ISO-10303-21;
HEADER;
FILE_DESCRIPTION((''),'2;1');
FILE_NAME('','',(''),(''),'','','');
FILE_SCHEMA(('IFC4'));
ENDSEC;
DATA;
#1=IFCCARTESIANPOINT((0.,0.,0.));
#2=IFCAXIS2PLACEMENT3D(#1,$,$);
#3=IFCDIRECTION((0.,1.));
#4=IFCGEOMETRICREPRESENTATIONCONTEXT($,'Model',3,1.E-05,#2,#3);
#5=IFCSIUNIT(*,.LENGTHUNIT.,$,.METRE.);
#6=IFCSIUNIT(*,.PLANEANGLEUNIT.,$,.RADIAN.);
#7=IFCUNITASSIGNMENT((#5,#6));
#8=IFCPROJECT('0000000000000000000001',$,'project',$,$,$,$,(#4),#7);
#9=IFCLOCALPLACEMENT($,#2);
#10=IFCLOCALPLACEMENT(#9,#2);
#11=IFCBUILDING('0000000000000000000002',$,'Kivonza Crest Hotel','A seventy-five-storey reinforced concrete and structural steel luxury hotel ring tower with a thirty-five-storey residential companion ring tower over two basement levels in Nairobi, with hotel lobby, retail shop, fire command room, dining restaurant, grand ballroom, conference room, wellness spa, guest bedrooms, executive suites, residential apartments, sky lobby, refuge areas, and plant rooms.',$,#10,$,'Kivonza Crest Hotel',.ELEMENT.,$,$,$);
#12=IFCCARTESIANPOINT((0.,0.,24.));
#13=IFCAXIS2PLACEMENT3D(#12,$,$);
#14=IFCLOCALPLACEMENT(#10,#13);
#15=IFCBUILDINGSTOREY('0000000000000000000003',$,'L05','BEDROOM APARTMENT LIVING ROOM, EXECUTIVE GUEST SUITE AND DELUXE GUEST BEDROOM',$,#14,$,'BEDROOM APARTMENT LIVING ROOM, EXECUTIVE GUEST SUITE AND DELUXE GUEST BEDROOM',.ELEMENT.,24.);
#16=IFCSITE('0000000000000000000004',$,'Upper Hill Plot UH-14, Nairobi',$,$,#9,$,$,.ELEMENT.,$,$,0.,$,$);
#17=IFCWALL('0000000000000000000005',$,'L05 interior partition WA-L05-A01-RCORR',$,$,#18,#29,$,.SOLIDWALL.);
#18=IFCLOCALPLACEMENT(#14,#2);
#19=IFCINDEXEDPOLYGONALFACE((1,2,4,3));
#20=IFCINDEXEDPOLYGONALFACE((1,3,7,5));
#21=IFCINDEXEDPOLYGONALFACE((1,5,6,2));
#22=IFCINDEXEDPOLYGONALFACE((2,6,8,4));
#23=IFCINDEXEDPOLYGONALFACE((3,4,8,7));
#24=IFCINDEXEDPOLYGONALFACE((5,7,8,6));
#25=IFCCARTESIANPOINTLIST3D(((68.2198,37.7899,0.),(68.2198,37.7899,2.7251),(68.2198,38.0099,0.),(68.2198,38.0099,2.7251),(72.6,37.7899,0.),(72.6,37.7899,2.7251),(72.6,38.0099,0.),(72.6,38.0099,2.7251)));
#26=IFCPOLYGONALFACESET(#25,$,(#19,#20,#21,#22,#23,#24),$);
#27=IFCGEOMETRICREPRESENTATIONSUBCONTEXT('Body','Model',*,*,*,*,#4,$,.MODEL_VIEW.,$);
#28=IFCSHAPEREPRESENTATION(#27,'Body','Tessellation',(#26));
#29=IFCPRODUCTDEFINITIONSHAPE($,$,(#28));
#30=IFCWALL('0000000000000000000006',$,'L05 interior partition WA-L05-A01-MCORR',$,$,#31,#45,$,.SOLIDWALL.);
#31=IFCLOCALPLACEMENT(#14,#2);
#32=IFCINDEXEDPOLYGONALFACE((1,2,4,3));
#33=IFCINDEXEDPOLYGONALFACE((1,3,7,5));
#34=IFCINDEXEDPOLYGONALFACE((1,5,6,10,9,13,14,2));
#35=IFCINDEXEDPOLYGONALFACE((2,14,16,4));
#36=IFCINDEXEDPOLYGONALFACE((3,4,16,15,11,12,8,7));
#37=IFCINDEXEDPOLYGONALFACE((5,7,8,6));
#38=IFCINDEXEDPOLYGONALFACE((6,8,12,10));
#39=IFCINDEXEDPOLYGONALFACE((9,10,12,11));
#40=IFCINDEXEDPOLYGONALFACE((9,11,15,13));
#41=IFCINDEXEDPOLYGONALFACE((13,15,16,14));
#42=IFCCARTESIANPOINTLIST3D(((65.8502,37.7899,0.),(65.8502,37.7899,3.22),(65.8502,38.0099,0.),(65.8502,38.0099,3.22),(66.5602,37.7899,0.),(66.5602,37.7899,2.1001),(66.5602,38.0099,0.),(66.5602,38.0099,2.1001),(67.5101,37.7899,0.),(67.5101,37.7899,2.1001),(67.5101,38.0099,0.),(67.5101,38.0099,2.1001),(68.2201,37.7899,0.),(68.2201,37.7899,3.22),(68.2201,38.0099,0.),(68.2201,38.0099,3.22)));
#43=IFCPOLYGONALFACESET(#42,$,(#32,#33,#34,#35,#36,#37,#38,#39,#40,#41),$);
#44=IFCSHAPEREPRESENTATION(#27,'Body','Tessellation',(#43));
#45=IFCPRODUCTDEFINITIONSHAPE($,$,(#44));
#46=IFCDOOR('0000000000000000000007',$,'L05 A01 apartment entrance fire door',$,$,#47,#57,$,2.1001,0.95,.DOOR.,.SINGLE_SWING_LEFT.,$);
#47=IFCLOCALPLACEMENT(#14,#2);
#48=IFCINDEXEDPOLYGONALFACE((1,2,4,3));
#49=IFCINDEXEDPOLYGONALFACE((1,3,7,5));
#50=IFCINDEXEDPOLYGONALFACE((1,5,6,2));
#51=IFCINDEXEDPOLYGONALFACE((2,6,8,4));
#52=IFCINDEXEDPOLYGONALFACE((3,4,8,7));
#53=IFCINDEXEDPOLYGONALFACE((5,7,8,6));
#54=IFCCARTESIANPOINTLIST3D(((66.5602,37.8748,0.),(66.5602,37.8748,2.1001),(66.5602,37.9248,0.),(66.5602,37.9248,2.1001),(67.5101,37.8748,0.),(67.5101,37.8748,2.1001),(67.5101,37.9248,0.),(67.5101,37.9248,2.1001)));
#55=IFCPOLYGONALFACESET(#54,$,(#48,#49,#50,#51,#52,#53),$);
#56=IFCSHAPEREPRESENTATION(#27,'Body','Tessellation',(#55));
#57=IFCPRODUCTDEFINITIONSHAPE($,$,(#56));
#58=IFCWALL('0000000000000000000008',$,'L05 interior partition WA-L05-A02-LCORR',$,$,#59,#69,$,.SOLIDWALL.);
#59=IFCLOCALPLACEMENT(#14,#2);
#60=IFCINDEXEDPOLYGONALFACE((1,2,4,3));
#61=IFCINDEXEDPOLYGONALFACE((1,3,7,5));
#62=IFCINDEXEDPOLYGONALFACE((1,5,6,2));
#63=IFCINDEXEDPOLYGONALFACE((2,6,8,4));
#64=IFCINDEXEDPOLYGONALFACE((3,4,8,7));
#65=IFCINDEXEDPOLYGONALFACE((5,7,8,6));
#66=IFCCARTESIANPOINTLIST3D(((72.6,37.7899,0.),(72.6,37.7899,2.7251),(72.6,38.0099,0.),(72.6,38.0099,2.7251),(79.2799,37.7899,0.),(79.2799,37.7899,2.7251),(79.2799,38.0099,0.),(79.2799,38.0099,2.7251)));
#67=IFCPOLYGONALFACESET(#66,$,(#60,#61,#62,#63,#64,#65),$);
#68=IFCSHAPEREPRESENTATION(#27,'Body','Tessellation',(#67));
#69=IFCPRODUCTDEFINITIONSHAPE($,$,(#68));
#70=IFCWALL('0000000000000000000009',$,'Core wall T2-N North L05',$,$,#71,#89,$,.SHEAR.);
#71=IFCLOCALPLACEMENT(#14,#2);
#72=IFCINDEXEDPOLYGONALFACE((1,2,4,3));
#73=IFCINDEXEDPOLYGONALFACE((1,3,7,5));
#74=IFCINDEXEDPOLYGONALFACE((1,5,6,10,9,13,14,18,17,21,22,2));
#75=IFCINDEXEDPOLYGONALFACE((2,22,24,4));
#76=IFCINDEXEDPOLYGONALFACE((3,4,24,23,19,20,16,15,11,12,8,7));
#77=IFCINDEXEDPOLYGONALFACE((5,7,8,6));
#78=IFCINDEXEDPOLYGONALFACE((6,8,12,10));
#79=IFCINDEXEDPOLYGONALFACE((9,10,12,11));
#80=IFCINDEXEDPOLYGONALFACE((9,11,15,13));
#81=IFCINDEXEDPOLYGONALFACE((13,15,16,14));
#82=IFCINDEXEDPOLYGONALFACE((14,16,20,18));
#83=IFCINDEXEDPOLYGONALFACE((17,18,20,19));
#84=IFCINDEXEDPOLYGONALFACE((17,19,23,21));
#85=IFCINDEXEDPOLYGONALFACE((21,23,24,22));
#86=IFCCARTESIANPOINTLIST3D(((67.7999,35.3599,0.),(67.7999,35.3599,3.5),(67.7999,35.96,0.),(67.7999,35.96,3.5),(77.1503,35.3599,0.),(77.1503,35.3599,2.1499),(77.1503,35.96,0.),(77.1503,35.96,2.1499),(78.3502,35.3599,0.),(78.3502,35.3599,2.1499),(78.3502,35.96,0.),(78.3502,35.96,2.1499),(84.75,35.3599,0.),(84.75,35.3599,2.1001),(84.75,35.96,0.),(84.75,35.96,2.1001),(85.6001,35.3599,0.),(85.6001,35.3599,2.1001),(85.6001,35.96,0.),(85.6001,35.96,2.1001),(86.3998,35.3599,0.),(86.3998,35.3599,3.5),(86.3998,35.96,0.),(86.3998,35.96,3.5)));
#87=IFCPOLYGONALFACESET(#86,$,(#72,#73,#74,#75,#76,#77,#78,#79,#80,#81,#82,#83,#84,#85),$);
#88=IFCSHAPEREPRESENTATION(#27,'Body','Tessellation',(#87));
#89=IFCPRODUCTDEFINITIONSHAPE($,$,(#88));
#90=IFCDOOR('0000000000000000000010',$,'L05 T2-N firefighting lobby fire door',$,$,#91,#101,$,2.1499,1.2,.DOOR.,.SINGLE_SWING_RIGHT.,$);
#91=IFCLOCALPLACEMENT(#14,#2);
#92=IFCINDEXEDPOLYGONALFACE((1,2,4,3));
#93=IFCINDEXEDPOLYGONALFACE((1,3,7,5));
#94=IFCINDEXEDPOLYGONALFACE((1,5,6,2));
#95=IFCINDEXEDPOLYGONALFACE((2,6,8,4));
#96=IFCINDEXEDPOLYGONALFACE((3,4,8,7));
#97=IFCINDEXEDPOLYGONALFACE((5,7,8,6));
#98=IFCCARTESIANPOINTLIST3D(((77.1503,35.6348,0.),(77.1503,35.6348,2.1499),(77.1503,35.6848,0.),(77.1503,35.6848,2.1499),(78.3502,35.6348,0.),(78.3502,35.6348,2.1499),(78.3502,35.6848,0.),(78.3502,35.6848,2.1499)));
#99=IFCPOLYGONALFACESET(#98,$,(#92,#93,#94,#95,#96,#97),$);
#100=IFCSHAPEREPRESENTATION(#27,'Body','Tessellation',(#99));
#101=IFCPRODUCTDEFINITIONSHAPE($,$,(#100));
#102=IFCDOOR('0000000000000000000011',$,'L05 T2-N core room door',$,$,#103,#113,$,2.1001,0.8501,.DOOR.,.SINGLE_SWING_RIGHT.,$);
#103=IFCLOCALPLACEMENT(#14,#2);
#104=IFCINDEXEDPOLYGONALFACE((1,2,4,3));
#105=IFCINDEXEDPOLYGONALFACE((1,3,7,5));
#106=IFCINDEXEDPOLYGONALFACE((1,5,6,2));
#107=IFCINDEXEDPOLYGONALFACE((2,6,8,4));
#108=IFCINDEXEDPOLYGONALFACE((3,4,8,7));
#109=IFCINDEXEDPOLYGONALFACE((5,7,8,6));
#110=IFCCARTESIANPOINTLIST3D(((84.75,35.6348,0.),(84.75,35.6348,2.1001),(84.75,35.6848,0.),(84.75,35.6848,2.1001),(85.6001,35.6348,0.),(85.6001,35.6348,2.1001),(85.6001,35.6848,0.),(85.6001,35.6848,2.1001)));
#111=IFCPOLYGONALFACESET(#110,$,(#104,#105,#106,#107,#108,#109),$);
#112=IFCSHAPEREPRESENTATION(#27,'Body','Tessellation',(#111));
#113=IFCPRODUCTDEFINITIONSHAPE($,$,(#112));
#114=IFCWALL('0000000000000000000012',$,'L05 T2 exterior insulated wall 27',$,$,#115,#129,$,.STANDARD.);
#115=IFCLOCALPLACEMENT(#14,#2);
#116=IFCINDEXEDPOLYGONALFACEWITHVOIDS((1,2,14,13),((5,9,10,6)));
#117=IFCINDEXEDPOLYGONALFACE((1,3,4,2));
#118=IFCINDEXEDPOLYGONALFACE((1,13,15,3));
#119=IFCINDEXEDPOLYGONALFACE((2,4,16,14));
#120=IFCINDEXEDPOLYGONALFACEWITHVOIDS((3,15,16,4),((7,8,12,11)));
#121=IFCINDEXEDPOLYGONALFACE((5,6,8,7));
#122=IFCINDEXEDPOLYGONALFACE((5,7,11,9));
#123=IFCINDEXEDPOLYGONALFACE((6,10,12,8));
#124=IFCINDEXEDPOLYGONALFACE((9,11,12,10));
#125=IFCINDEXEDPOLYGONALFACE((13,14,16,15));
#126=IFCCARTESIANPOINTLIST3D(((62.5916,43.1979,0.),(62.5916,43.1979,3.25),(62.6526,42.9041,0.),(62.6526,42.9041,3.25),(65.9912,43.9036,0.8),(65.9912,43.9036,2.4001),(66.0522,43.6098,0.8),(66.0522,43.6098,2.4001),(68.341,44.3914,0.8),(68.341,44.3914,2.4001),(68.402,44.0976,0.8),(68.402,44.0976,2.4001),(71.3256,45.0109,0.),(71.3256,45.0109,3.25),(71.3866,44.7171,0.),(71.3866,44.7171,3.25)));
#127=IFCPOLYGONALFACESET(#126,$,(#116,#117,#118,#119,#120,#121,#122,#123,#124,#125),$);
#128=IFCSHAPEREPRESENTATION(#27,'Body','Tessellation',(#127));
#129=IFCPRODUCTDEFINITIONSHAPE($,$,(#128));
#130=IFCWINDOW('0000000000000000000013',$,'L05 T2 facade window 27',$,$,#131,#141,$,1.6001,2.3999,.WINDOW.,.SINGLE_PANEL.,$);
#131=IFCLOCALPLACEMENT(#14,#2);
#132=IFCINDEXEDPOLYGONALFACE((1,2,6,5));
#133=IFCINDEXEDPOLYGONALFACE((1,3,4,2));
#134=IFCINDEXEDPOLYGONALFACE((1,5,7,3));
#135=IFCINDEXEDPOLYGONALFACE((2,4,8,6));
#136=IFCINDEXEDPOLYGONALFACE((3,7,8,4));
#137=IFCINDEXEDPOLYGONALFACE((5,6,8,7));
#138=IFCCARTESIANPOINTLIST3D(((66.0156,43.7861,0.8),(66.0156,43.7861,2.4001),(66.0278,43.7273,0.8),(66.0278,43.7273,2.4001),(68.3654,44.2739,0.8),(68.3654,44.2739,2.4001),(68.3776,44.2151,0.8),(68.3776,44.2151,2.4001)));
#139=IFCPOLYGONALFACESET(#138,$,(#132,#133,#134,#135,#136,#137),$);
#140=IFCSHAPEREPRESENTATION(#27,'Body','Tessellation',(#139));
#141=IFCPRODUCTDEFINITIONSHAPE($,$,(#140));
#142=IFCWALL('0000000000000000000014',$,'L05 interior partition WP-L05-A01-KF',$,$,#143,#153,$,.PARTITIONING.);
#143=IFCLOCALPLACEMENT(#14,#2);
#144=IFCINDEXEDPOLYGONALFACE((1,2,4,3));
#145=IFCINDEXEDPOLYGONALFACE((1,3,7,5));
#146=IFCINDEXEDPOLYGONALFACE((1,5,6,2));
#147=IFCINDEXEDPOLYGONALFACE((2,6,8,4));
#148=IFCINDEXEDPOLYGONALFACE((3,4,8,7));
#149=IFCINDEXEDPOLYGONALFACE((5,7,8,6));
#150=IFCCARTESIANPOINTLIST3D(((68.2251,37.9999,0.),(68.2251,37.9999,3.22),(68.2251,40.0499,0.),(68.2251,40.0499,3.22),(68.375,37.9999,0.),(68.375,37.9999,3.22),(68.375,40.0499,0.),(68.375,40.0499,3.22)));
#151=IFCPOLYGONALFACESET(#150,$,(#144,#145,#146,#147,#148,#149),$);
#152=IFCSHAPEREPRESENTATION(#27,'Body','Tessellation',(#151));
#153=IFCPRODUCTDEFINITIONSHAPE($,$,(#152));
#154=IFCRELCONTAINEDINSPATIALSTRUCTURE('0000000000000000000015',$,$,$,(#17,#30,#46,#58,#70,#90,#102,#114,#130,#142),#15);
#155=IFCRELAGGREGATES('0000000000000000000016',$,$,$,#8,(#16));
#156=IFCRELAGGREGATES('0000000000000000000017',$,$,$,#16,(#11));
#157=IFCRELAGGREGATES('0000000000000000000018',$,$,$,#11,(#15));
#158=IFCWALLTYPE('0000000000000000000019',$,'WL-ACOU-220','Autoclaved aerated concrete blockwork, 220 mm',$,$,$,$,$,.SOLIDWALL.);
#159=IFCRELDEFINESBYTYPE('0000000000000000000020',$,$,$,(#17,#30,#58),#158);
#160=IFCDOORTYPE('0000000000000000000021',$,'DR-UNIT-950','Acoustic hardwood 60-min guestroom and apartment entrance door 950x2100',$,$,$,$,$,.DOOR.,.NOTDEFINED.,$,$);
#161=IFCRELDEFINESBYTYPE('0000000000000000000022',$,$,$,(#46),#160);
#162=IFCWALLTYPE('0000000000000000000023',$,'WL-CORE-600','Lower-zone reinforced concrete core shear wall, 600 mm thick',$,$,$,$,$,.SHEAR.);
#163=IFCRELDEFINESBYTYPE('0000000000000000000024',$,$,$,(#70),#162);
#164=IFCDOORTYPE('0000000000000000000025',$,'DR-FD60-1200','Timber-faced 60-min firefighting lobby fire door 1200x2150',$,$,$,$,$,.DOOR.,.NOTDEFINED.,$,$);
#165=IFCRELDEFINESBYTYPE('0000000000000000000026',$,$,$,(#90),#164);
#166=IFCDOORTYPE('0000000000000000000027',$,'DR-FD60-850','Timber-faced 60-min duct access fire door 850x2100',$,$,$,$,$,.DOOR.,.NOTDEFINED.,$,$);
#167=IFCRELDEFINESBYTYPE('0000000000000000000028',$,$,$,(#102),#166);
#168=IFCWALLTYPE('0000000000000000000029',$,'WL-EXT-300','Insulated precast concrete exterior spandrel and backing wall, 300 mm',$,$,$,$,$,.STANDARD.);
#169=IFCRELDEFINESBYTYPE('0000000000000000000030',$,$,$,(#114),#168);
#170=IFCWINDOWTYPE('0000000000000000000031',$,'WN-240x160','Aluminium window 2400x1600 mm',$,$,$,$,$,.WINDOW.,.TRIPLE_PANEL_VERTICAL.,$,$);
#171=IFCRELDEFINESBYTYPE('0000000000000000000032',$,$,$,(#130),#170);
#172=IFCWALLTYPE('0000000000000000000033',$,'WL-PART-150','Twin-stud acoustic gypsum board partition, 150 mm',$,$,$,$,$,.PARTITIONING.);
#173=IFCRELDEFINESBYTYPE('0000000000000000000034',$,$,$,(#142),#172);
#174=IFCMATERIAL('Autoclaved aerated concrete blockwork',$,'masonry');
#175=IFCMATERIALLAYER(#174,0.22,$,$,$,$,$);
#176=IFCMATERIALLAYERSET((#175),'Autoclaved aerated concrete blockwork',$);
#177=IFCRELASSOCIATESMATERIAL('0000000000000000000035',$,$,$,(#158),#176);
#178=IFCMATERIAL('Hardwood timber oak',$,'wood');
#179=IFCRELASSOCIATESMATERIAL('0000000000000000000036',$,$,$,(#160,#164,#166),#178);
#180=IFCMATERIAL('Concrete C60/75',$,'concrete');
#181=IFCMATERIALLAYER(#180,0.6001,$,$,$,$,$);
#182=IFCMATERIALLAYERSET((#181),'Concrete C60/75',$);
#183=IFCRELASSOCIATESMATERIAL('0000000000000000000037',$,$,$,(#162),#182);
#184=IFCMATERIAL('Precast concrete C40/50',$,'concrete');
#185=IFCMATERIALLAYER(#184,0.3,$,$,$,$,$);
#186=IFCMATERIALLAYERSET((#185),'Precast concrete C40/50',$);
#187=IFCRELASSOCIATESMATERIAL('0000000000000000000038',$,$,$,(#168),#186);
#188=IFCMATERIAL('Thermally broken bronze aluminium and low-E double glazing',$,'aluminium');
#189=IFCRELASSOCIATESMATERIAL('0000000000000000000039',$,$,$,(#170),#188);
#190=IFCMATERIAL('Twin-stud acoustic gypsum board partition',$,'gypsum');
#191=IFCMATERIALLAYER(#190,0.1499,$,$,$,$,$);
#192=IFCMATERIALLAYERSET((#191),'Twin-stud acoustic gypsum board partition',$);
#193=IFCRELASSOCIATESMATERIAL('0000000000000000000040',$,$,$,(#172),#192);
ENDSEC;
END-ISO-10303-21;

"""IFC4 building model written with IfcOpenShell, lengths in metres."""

from ifc_helpers import new_model, si_unit, direction, frame, frame_2d, origin, place, context, subcontext, project, spatial, rectangle, extrude, material, layer, layer_set, type_object, element, fill, save


model = new_model("IFC4")

# Units and contexts
model_context = context("Model", 3, precision=1e-05, world=origin(), true_north=direction((0.0, 1.0)))
body_context = subcontext(model_context, "Body", "Model", "MODEL_VIEW")
ifc_project = project(units=[si_unit("LENGTHUNIT", "METRE"), si_unit("PLANEANGLEUNIT", "RADIAN")], contexts=[model_context])

# Site, building, storey
site_placement = place(None, origin())
site = spatial("IfcSite", under=ifc_project, at=site_placement, Name="Upper Hill Plot UH-14, Nairobi", CompositionType="ELEMENT", RefElevation=0.0)
building_placement = place(site_placement, origin())
building = spatial("IfcBuilding", under=site, at=building_placement, Name="Kivonza Crest Hotel", Description="A seventy-five-storey reinforced concrete and structural steel luxury hotel ring tower with a thirty-five-storey residential companion ring tower over two basement levels in Nairobi, with hotel lobby, retail shop, fire command room, dining restaurant, grand ballroom, conference room, wellness spa, guest bedrooms, executive suites, residential apartments, sky lobby, refuge areas, and plant rooms.", LongName="Kivonza Crest Hotel", CompositionType="ELEMENT")
storey_placement = place(building_placement, frame((0.0, 0.0, 24.0)))
storey = spatial("IfcBuildingStorey", under=building, at=storey_placement, Name="L05", Description="BEDROOM APARTMENT LIVING ROOM, EXECUTIVE GUEST SUITE AND DELUXE GUEST BEDROOM", LongName="BEDROOM APARTMENT LIVING ROOM, EXECUTIVE GUEST SUITE AND DELUXE GUEST BEDROOM", CompositionType="ELEMENT", Elevation=24.0)

# Wall
ifc_material_1 = material(Name="Autoclaved aerated concrete blockwork", Category="masonry")
ifc_layer_1 = layer(ifc_material_1, 0.22)
ifc_layer_set_1 = layer_set([ifc_layer_1], Name="Autoclaved aerated concrete blockwork")
wall_type_1 = type_object("IfcWallType", Name="WL-ACOU-220", Description="Autoclaved aerated concrete blockwork, 220 mm", PredefinedType="SOLIDWALL", material=ifc_layer_set_1)
wall_1_placement = place(storey_placement, frame((68.22, 37.8999, 0.0), z_axis=(0.0, 0.0, 1.0), x_axis=(1.0, 0.0, 0.0)))
element("IfcWall", 1, at=wall_1_placement, inside=storey, type_object=wall_type_1, Name="L05 interior partition WA-L05-A01-RCORR", PredefinedType="SOLIDWALL", context=body_context, shape_type="SweptSolid", body=[
    extrude(rectangle(XDim=4.3801, YDim=0.22, at=frame_2d((2.1899, 0.0))), origin(), (0.0, 0.0, 1.0), 2.7251),
])

# Wall, opening, door
wall_2_placement = place(storey_placement, frame((65.8501, 37.8999, 0.0), z_axis=(0.0, 0.0, 1.0), x_axis=(1.0, 0.0, 0.0)))
wall_2 = element("IfcWall", 2, at=wall_2_placement, inside=storey, type_object=wall_type_1, Name="L05 interior partition WA-L05-A01-MCORR", PredefinedType="SOLIDWALL", context=body_context, shape_type="SweptSolid", body=[
    extrude(rectangle(XDim=2.3699, YDim=0.22, at=frame_2d((1.1851, 0.0))), origin(), (0.0, 0.0, 1.0), 3.22),
])
opening_1_placement = place(wall_2_placement, frame((0.71, 0.0, 0.0)))
opening_1 = element("IfcOpeningElement", 3, at=opening_1_placement, cuts=wall_2, PredefinedType="OPENING", context=body_context, shape_type="SweptSolid", body=[
    extrude(rectangle(XDim=0.95, YDim=2.1001, at=frame_2d((0.4751, 1.05))), frame((0.0, 0.1201, 0.0), z_axis=(0.0, -1.0, 0.0), x_axis=(1.0, 0.0, 0.0)), (0.0, 0.0, 1.0), 0.24),
])
ifc_material_2 = material(Name="Hardwood timber oak", Category="wood")
door_type_1 = type_object("IfcDoorType", Name="DR-UNIT-950", Description="Acoustic hardwood 60-min guestroom and apartment entrance door 950x2100", OperationType="NOTDEFINED", PredefinedType="DOOR", material=ifc_material_2)
door_1_placement = place(opening_1_placement, origin())
door_1 = element("IfcDoor", 4, at=door_1_placement, inside=storey, type_object=door_type_1, Name="L05 A01 apartment entrance fire door", OperationType="SINGLE_SWING_LEFT", OverallHeight=2.1001, OverallWidth=0.95, PredefinedType="DOOR", context=body_context, shape_type="SweptSolid", body=[
    extrude(rectangle(XDim=0.95, YDim=2.1001, at=frame_2d((0.4751, 1.05))), frame((0.0, 0.0249, 0.0), z_axis=(0.0, -1.0, 0.0), x_axis=(1.0, 0.0, 0.0)), (0.0, 0.0, 1.0), 0.05),
])
fill(opening_1, door_1)

# Wall
wall_3_placement = place(storey_placement, frame((72.6001, 37.8999, 0.0), z_axis=(0.0, 0.0, 1.0), x_axis=(1.0, 0.0, 0.0)))
element("IfcWall", 5, at=wall_3_placement, inside=storey, type_object=wall_type_1, Name="L05 interior partition WA-L05-A02-LCORR", PredefinedType="SOLIDWALL", context=body_context, shape_type="SweptSolid", body=[
    extrude(rectangle(XDim=6.6799, YDim=0.22, at=frame_2d((3.3398, 0.0))), origin(), (0.0, 0.0, 1.0), 2.7251),
])

# Wall, openings, doors
ifc_material_3 = material(Name="Concrete C60/75", Category="concrete")
ifc_layer_2 = layer(ifc_material_3, 0.6001)
ifc_layer_set_2 = layer_set([ifc_layer_2], Name="Concrete C60/75")
wall_type_2 = type_object("IfcWallType", Name="WL-CORE-600", Description="Lower-zone reinforced concrete core shear wall, 600 mm thick", PredefinedType="SHEAR", material=ifc_layer_set_2)
wall_4_placement = place(storey_placement, frame((67.8, 35.6599, 0.0), z_axis=(0.0, 0.0, 1.0), x_axis=(1.0, 0.0, 0.0)))
wall_4 = element("IfcWall", 6, at=wall_4_placement, inside=storey, type_object=wall_type_2, Name="Core wall T2-N North L05", PredefinedType="SHEAR", context=body_context, shape_type="SweptSolid", body=[
    extrude(rectangle(XDim=18.5999, YDim=0.6001, at=frame_2d((9.2998, 0.0))), origin(), (0.0, 0.0, 1.0), 3.5),
])
opening_2_placement = place(wall_4_placement, frame((9.3501, 0.0, 0.0)))
opening_2 = element("IfcOpeningElement", 7, at=opening_2_placement, cuts=wall_4, PredefinedType="OPENING", context=body_context, shape_type="SweptSolid", body=[
    extrude(rectangle(XDim=1.2, YDim=2.1499, at=frame_2d((0.6001, 1.075))), frame((0.0, 0.3101, 0.0), z_axis=(0.0, -1.0, 0.0), x_axis=(1.0, 0.0, 0.0)), (0.0, 0.0, 1.0), 0.6201),
])
opening_3_placement = place(wall_4_placement, frame((16.95, 0.0, 0.0)))
opening_3 = element("IfcOpeningElement", 8, at=opening_3_placement, cuts=wall_4, PredefinedType="OPENING", context=body_context, shape_type="SweptSolid", body=[
    extrude(rectangle(XDim=0.8501, YDim=2.1001, at=frame_2d((0.425, 1.05))), frame((0.0, 0.3101, 0.0), z_axis=(0.0, -1.0, 0.0), x_axis=(1.0, 0.0, 0.0)), (0.0, 0.0, 1.0), 0.6201),
])
door_type_2 = type_object("IfcDoorType", Name="DR-FD60-1200", Description="Timber-faced 60-min firefighting lobby fire door 1200x2150", OperationType="NOTDEFINED", PredefinedType="DOOR", material=ifc_material_2)
door_2_placement = place(opening_2_placement, origin())
door_2 = element("IfcDoor", 9, at=door_2_placement, inside=storey, type_object=door_type_2, Name="L05 T2-N firefighting lobby fire door", OperationType="SINGLE_SWING_RIGHT", OverallHeight=2.1499, OverallWidth=1.2, PredefinedType="DOOR", context=body_context, shape_type="SweptSolid", body=[
    extrude(rectangle(XDim=1.2, YDim=2.1499, at=frame_2d((0.6001, 1.075))), frame((0.0, 0.0249, 0.0), z_axis=(0.0, -1.0, 0.0), x_axis=(1.0, 0.0, 0.0)), (0.0, 0.0, 1.0), 0.05),
])
fill(opening_2, door_2)
door_type_3 = type_object("IfcDoorType", Name="DR-FD60-850", Description="Timber-faced 60-min duct access fire door 850x2100", OperationType="NOTDEFINED", PredefinedType="DOOR", material=ifc_material_2)
door_3_placement = place(opening_3_placement, origin())
door_3 = element("IfcDoor", 10, at=door_3_placement, inside=storey, type_object=door_type_3, Name="L05 T2-N core room door", OperationType="SINGLE_SWING_RIGHT", OverallHeight=2.1001, OverallWidth=0.8501, PredefinedType="DOOR", context=body_context, shape_type="SweptSolid", body=[
    extrude(rectangle(XDim=0.8501, YDim=2.1001, at=frame_2d((0.425, 1.05))), frame((0.0, 0.0249, 0.0), z_axis=(0.0, -1.0, 0.0), x_axis=(1.0, 0.0, 0.0)), (0.0, 0.0, 1.0), 0.05),
])
fill(opening_3, door_3)

# Wall, opening, window
ifc_material_4 = material(Name="Precast concrete C40/50", Category="concrete")
ifc_layer_3 = layer(ifc_material_4, 0.3)
ifc_layer_set_3 = layer_set([ifc_layer_3], Name="Precast concrete C40/50")
wall_type_3 = type_object("IfcWallType", Name="WL-EXT-300", Description="Insulated precast concrete exterior spandrel and backing wall, 300 mm", PredefinedType="STANDARD", material=ifc_layer_set_3)
wall_5_placement = place(storey_placement, frame((71.356, 44.864, 0.0), z_axis=(0.0, 0.0, 1.0), x_axis=(-0.979127, -0.203248, 0.0)))
wall_5 = element("IfcWall", 11, at=wall_5_placement, inside=storey, type_object=wall_type_3, Name="L05 T2 exterior insulated wall 27", PredefinedType="STANDARD", context=body_context, shape_type="SweptSolid", body=[
    extrude(rectangle(XDim=8.9202, YDim=0.3, at=frame_2d((4.46, 0.0))), origin(), (0.0, 0.0, 1.0), 3.25),
])
opening_4_placement = place(wall_5_placement, frame((3.0481, 0.0, 0.8)))
opening_4 = element("IfcOpeningElement", 12, at=opening_4_placement, cuts=wall_5, PredefinedType="OPENING", context=body_context, shape_type="SweptSolid", body=[
    extrude(rectangle(XDim=2.3999, YDim=1.6001, at=frame_2d((1.2, 0.8))), frame((0.0, 0.1602, 0.0), z_axis=(0.0, -1.0, 0.0), x_axis=(1.0, 0.0, 0.0)), (0.0, 0.0, 1.0), 0.3201),
])
ifc_material_5 = material(Name="Thermally broken bronze aluminium and low-E double glazing", Category="aluminium")
window_type = type_object("IfcWindowType", Name="WN-240x160", Description="Aluminium window 2400x1600 mm", PartitioningType="TRIPLE_PANEL_VERTICAL", PredefinedType="WINDOW", material=ifc_material_5)
window_placement = place(opening_4_placement, origin())
window = element("IfcWindow", 13, at=window_placement, inside=storey, type_object=window_type, Name="L05 T2 facade window 27", OverallHeight=1.6001, OverallWidth=2.3999, PartitioningType="SINGLE_PANEL", PredefinedType="WINDOW", context=body_context, shape_type="SweptSolid", body=[
    extrude(rectangle(XDim=2.3999, YDim=1.6001, at=frame_2d((1.2, 0.8))), frame((0.0, 0.03, 0.0), z_axis=(0.0, -1.0, 0.0), x_axis=(1.0, 0.0, 0.0)), (0.0, 0.0, 1.0), 0.0601),
])
fill(opening_4, window)

# Wall
ifc_material_6 = material(Name="Twin-stud acoustic gypsum board partition", Category="gypsum")
ifc_layer_4 = layer(ifc_material_6, 0.1499)
ifc_layer_set_4 = layer_set([ifc_layer_4], Name="Twin-stud acoustic gypsum board partition")
wall_type_4 = type_object("IfcWallType", Name="WL-PART-150", Description="Twin-stud acoustic gypsum board partition, 150 mm", PredefinedType="PARTITIONING", material=ifc_layer_set_4)
wall_6_placement = place(storey_placement, frame((68.3, 38.0, 0.0), z_axis=(0.0, 0.0, 1.0), x_axis=(0.0, 1.0, 0.0)))
element("IfcWall", 14, at=wall_6_placement, inside=storey, type_object=wall_type_4, Name="L05 interior partition WP-L05-A01-KF", PredefinedType="PARTITIONING", context=body_context, shape_type="SweptSolid", body=[
    extrude(rectangle(XDim=2.05, YDim=0.1499, at=frame_2d((1.0249, 0.0))), origin(), (0.0, 0.0, 1.0), 3.22),
])

save(model, "model.ifc")
